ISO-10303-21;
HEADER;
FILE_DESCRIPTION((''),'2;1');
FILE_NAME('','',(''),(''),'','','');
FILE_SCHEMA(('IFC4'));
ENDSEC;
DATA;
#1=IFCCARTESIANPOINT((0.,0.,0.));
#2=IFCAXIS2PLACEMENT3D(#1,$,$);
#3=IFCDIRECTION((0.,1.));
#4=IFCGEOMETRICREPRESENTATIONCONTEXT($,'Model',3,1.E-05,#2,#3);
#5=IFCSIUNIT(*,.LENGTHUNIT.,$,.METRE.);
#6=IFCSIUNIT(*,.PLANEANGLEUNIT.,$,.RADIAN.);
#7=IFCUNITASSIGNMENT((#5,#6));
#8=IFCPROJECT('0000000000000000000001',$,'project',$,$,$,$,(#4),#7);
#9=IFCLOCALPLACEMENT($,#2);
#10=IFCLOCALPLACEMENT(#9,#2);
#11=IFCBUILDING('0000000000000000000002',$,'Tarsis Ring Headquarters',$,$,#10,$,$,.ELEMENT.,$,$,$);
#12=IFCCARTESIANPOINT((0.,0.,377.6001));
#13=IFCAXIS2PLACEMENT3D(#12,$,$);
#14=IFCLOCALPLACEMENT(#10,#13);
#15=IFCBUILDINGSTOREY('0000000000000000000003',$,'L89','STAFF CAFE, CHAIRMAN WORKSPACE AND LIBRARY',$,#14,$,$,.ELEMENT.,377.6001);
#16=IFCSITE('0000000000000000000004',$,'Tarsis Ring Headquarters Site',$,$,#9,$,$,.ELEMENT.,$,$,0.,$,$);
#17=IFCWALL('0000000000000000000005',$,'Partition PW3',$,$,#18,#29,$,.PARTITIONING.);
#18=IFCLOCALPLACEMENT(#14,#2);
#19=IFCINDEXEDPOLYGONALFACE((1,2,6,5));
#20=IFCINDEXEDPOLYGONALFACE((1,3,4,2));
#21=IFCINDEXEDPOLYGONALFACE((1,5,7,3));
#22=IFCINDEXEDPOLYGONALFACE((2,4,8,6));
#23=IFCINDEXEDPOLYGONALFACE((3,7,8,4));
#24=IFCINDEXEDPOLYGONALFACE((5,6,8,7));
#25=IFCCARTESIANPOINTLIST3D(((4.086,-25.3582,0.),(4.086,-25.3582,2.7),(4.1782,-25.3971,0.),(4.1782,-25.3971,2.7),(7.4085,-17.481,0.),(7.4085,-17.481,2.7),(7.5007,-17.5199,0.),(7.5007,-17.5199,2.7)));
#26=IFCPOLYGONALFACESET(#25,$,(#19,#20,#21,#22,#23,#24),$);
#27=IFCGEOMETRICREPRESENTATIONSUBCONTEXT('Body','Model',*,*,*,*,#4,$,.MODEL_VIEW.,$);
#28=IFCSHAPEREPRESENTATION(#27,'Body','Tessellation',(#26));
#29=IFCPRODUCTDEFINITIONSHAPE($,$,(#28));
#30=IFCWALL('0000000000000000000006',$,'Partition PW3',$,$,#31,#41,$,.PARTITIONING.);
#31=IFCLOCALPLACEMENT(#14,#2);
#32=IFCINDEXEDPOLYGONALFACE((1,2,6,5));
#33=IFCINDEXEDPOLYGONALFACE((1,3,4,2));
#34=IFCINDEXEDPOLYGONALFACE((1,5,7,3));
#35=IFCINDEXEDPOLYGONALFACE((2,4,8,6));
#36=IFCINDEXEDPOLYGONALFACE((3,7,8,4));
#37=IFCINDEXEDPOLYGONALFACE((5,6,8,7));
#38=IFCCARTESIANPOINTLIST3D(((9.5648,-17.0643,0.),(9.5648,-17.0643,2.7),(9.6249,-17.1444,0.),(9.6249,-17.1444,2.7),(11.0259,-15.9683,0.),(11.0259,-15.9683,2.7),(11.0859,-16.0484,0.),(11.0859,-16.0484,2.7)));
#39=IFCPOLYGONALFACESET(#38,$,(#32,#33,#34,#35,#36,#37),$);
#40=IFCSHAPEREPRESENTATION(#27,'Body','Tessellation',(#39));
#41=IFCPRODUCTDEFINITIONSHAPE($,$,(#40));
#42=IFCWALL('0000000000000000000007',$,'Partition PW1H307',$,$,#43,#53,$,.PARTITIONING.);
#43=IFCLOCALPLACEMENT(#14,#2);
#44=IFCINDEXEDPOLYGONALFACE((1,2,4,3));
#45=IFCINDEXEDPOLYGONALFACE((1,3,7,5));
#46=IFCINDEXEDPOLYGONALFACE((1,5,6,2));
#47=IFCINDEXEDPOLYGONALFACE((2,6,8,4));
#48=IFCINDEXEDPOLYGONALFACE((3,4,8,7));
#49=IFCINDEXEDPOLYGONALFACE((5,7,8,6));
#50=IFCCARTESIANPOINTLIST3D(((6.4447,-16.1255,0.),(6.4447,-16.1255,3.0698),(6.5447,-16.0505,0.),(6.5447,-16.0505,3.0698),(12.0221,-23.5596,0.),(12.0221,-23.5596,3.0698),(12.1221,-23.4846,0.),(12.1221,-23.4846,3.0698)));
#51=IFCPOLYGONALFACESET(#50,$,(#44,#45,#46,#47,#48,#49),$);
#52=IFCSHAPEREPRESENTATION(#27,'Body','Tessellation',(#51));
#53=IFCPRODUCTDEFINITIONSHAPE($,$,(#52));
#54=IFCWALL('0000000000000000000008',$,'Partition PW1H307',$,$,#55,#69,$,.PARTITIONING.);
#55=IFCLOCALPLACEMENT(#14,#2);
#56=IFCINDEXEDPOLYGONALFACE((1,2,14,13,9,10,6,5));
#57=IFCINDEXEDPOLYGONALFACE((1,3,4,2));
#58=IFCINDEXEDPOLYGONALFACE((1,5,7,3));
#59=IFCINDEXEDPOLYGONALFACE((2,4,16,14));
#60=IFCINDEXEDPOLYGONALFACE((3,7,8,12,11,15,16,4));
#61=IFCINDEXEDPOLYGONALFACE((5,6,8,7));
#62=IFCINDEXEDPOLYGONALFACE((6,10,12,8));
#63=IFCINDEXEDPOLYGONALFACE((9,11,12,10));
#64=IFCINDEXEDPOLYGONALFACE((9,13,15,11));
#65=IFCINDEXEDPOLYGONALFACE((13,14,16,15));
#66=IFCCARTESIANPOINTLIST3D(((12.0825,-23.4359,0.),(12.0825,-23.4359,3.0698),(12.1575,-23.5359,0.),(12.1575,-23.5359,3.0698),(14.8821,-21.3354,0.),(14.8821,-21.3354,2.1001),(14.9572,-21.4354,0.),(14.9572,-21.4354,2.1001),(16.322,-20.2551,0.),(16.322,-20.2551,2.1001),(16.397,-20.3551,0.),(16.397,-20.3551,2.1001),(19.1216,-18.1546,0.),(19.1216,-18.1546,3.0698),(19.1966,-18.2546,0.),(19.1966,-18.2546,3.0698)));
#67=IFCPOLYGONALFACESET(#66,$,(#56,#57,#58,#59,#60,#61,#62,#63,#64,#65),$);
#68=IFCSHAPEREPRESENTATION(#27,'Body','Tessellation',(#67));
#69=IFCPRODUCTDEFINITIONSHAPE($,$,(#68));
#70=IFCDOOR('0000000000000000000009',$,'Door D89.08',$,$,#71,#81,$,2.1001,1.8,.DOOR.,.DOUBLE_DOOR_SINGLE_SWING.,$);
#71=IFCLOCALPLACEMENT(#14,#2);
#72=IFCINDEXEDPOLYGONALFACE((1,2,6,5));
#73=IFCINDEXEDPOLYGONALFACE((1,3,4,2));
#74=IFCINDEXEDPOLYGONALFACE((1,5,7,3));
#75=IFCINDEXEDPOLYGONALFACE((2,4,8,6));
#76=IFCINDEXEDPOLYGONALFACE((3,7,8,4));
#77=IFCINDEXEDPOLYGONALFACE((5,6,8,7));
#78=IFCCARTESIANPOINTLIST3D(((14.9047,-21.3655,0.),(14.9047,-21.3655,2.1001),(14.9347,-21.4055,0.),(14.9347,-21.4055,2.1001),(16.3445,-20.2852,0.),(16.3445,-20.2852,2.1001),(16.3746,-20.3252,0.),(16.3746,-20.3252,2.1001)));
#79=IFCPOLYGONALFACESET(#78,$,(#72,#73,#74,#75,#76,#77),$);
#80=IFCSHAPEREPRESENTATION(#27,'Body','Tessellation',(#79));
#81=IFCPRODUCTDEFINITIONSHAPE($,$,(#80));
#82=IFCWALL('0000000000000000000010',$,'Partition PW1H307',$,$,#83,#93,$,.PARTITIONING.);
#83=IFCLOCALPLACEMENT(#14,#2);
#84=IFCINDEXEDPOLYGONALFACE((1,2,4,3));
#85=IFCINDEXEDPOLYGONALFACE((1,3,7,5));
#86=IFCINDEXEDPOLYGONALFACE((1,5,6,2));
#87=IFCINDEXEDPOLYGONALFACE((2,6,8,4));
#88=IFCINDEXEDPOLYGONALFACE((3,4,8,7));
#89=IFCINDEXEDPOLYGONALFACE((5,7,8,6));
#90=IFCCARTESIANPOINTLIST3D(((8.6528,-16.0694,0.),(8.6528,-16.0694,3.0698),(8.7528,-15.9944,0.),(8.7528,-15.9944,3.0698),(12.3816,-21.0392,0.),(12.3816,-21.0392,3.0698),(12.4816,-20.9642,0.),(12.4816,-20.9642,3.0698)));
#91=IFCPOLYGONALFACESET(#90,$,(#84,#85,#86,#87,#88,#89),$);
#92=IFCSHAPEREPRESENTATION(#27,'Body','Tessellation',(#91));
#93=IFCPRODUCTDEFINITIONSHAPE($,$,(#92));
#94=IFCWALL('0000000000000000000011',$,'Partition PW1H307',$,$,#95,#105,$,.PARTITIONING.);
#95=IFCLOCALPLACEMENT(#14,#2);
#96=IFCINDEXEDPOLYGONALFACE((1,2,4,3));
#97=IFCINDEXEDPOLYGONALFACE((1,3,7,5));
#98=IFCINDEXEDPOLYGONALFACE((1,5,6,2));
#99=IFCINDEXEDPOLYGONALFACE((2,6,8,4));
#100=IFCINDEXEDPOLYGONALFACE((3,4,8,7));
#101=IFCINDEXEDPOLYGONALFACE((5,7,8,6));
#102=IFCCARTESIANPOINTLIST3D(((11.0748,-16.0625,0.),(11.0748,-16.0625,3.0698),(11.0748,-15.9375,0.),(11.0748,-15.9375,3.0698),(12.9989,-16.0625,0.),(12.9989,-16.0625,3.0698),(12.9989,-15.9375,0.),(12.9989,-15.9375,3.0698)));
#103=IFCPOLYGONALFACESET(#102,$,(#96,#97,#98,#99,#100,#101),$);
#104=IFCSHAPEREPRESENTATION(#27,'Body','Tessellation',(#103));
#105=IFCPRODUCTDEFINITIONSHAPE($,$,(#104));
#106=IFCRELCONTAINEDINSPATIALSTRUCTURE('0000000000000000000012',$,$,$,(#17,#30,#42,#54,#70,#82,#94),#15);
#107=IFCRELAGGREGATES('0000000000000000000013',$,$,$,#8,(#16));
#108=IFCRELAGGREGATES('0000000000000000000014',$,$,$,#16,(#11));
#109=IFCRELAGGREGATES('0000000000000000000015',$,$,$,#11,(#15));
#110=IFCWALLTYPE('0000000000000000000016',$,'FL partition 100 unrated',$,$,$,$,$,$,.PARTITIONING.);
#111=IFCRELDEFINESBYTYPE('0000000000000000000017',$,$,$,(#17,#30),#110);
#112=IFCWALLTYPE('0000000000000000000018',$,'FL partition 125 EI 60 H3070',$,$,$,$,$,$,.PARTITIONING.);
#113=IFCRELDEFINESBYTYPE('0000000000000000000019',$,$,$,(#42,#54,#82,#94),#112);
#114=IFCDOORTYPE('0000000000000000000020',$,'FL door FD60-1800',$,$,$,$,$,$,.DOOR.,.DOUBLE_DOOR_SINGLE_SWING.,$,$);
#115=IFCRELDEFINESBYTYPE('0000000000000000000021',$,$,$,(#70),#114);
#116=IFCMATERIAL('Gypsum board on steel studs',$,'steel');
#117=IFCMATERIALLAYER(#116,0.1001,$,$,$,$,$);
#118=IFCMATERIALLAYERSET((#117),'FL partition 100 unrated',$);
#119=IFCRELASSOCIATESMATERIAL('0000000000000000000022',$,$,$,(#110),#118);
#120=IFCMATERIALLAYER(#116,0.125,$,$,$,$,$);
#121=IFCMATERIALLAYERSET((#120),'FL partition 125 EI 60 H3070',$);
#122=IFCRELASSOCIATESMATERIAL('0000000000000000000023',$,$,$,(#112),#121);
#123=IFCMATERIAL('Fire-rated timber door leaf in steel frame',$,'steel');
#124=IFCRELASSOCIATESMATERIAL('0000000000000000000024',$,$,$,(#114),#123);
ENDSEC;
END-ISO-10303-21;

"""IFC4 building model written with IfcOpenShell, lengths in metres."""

from ifc_helpers import new_model, si_unit, direction, frame, frame_2d, origin, place, context, subcontext, project, spatial, rectangle, extrude, material, layer, layer_set, type_object, element, fill, save


model = new_model("IFC4")

# Units and contexts
model_context = context("Model", 3, precision=1e-05, world=origin(), true_north=direction((0.0, 1.0)))
body_context = subcontext(model_context, "Body", "Model", "MODEL_VIEW")
ifc_project = project(units=[si_unit("LENGTHUNIT", "METRE"), si_unit("PLANEANGLEUNIT", "RADIAN")], contexts=[model_context])

# Site, building, storey
site_placement = place(None, origin())
site = spatial("IfcSite", under=ifc_project, at=site_placement, Name="Tarsis Ring Headquarters Site", CompositionType="ELEMENT", RefElevation=0.0)
building_placement = place(site_placement, origin())
building = spatial("IfcBuilding", under=site, at=building_placement, Name="Tarsis Ring Headquarters", CompositionType="ELEMENT")
storey_placement = place(building_placement, frame((0.0, 0.0, 377.6001)))
storey = spatial("IfcBuildingStorey", under=building, at=storey_placement, Name="L89", Description="STAFF CAFE, CHAIRMAN WORKSPACE AND LIBRARY", CompositionType="ELEMENT", Elevation=377.6001)

# Walls
ifc_material_1 = material(Name="Gypsum board on steel studs", Category="steel")
ifc_layer_1 = layer(ifc_material_1, 0.1001)
ifc_layer_set_1 = layer_set([ifc_layer_1], Name="FL partition 100 unrated")
wall_type_1 = type_object("IfcWallType", Name="FL partition 100 unrated", PredefinedType="PARTITIONING", material=ifc_layer_set_1)
wall_1_placement = place(storey_placement, frame((4.1321, -25.3777, 0.0), z_axis=(0.0, 0.0, 1.0), x_axis=(0.388633, 0.921393, 0.0)))
element("IfcWall", 1, at=wall_1_placement, inside=storey, type_object=wall_type_1, Name="Partition PW3", PredefinedType="PARTITIONING", context=body_context, shape_type="SweptSolid", body=[
    extrude(rectangle(XDim=8.5493, YDim=0.1001, at=frame_2d((4.2747, 0.0))), origin(), (0.0, 0.0, 1.0), 2.7),
])
wall_2_placement = place(storey_placement, frame((9.595, -17.1042, 0.0), z_axis=(0.0, 0.0, 1.0), x_axis=(0.799936, 0.600086, 0.0)))
element("IfcWall", 2, at=wall_2_placement, inside=storey, type_object=wall_type_1, Name="Partition PW3", PredefinedType="PARTITIONING", context=body_context, shape_type="SweptSolid", body=[
    extrude(rectangle(XDim=1.8264, YDim=0.1001, at=frame_2d((0.9131, 0.0))), origin(), (0.0, 0.0, 1.0), 2.7),
])
ifc_layer_2 = layer(ifc_material_1, 0.125)
ifc_layer_set_2 = layer_set([ifc_layer_2], Name="FL partition 125 EI 60 H3070")
wall_type_2 = type_object("IfcWallType", Name="FL partition 125 EI 60 H3070", PredefinedType="PARTITIONING", material=ifc_layer_set_2)
wall_3_placement = place(storey_placement, frame((6.4946, -16.0879, 0.0), z_axis=(0.0, 0.0, 1.0), x_axis=(0.600126, -0.799905, 0.0)))
element("IfcWall", 3, at=wall_3_placement, inside=storey, type_object=wall_type_2, Name="Partition PW1H307", PredefinedType="PARTITIONING", context=body_context, shape_type="SweptSolid", body=[
    extrude(rectangle(XDim=9.2937, YDim=0.125, at=frame_2d((4.647, 0.0))), origin(), (0.0, 0.0, 1.0), 3.0698),
])

# Wall, opening, door
wall_4_placement = place(storey_placement, frame((12.1201, -23.4858, 0.0), z_axis=(0.0, 0.0, 1.0), x_axis=(0.799893, 0.600142, 0.0)))
wall_4 = element("IfcWall", 4, at=wall_4_placement, inside=storey, type_object=wall_type_2, Name="Partition PW1H307", PredefinedType="PARTITIONING", context=body_context, shape_type="SweptSolid", body=[
    extrude(rectangle(XDim=8.8, YDim=0.125, at=frame_2d((4.3999, 0.0))), origin(), (0.0, 0.0, 1.0), 3.0698),
])
opening_1_placement = place(wall_4_placement, frame((3.5, 0.0, 0.0)))
opening_1 = element("IfcOpeningElement", 5, at=opening_1_placement, cuts=wall_4, PredefinedType="OPENING", context=body_context, shape_type="SweptSolid", body=[
    extrude(rectangle(XDim=1.8, YDim=2.1001, at=frame_2d((0.8999, 1.05))), frame((0.0, 0.0725, 0.0), z_axis=(0.0, -1.0, 0.0), x_axis=(1.0, 0.0, 0.0)), (0.0, 0.0, 1.0), 0.145),
])
ifc_material_2 = material(Name="Fire-rated timber door leaf in steel frame", Category="steel")
door_type_1 = type_object("IfcDoorType", Name="FL door FD60-1800", OperationType="DOUBLE_DOOR_SINGLE_SWING", PredefinedType="DOOR", material=ifc_material_2)
door_1_placement = place(opening_1_placement, origin())
door_1 = element("IfcDoor", 6, at=door_1_placement, inside=storey, type_object=door_type_1, Name="Door D89.08", OperationType="DOUBLE_DOOR_SINGLE_SWING", OverallHeight=2.1001, OverallWidth=1.8, PredefinedType="DOOR", context=body_context, shape_type="SweptSolid", body=[
    extrude(rectangle(XDim=1.8, YDim=2.1001, at=frame_2d((0.8999, 1.05))), frame((0.0, 0.0249, 0.0), z_axis=(0.0, -1.0, 0.0), x_axis=(1.0, 0.0, 0.0)), (0.0, 0.0, 1.0), 0.05),
])
fill(opening_1, door_1)

# Walls
wall_5_placement = place(storey_placement, frame((8.7029, -16.032, 0.0), z_axis=(0.0, 0.0, 1.0), x_axis=(0.600151, -0.799887, 0.0)))
element("IfcWall", 7, at=wall_5_placement, inside=storey, type_object=wall_type_2, Name="Partition PW1H307", PredefinedType="PARTITIONING", context=body_context, shape_type="SweptSolid", body=[
    extrude(rectangle(XDim=6.2131, YDim=0.125, at=frame_2d((3.1064, 0.0))), origin(), (0.0, 0.0, 1.0), 3.0698),
])
wall_6_placement = place(storey_placement, frame((11.075, -16.0, 0.0), z_axis=(0.0, 0.0, 1.0), x_axis=(1.0, 0.0, 0.0)))
element("IfcWall", 8, at=wall_6_placement, inside=storey, type_object=wall_type_2, Name="Partition PW1H307", PredefinedType="PARTITIONING", context=body_context, shape_type="SweptSolid", body=[
    extrude(rectangle(XDim=1.9241, YDim=0.125, at=frame_2d((0.9619, 0.0))), origin(), (0.0, 0.0, 1.0), 3.0698),
])

save(model, "model.ifc")
